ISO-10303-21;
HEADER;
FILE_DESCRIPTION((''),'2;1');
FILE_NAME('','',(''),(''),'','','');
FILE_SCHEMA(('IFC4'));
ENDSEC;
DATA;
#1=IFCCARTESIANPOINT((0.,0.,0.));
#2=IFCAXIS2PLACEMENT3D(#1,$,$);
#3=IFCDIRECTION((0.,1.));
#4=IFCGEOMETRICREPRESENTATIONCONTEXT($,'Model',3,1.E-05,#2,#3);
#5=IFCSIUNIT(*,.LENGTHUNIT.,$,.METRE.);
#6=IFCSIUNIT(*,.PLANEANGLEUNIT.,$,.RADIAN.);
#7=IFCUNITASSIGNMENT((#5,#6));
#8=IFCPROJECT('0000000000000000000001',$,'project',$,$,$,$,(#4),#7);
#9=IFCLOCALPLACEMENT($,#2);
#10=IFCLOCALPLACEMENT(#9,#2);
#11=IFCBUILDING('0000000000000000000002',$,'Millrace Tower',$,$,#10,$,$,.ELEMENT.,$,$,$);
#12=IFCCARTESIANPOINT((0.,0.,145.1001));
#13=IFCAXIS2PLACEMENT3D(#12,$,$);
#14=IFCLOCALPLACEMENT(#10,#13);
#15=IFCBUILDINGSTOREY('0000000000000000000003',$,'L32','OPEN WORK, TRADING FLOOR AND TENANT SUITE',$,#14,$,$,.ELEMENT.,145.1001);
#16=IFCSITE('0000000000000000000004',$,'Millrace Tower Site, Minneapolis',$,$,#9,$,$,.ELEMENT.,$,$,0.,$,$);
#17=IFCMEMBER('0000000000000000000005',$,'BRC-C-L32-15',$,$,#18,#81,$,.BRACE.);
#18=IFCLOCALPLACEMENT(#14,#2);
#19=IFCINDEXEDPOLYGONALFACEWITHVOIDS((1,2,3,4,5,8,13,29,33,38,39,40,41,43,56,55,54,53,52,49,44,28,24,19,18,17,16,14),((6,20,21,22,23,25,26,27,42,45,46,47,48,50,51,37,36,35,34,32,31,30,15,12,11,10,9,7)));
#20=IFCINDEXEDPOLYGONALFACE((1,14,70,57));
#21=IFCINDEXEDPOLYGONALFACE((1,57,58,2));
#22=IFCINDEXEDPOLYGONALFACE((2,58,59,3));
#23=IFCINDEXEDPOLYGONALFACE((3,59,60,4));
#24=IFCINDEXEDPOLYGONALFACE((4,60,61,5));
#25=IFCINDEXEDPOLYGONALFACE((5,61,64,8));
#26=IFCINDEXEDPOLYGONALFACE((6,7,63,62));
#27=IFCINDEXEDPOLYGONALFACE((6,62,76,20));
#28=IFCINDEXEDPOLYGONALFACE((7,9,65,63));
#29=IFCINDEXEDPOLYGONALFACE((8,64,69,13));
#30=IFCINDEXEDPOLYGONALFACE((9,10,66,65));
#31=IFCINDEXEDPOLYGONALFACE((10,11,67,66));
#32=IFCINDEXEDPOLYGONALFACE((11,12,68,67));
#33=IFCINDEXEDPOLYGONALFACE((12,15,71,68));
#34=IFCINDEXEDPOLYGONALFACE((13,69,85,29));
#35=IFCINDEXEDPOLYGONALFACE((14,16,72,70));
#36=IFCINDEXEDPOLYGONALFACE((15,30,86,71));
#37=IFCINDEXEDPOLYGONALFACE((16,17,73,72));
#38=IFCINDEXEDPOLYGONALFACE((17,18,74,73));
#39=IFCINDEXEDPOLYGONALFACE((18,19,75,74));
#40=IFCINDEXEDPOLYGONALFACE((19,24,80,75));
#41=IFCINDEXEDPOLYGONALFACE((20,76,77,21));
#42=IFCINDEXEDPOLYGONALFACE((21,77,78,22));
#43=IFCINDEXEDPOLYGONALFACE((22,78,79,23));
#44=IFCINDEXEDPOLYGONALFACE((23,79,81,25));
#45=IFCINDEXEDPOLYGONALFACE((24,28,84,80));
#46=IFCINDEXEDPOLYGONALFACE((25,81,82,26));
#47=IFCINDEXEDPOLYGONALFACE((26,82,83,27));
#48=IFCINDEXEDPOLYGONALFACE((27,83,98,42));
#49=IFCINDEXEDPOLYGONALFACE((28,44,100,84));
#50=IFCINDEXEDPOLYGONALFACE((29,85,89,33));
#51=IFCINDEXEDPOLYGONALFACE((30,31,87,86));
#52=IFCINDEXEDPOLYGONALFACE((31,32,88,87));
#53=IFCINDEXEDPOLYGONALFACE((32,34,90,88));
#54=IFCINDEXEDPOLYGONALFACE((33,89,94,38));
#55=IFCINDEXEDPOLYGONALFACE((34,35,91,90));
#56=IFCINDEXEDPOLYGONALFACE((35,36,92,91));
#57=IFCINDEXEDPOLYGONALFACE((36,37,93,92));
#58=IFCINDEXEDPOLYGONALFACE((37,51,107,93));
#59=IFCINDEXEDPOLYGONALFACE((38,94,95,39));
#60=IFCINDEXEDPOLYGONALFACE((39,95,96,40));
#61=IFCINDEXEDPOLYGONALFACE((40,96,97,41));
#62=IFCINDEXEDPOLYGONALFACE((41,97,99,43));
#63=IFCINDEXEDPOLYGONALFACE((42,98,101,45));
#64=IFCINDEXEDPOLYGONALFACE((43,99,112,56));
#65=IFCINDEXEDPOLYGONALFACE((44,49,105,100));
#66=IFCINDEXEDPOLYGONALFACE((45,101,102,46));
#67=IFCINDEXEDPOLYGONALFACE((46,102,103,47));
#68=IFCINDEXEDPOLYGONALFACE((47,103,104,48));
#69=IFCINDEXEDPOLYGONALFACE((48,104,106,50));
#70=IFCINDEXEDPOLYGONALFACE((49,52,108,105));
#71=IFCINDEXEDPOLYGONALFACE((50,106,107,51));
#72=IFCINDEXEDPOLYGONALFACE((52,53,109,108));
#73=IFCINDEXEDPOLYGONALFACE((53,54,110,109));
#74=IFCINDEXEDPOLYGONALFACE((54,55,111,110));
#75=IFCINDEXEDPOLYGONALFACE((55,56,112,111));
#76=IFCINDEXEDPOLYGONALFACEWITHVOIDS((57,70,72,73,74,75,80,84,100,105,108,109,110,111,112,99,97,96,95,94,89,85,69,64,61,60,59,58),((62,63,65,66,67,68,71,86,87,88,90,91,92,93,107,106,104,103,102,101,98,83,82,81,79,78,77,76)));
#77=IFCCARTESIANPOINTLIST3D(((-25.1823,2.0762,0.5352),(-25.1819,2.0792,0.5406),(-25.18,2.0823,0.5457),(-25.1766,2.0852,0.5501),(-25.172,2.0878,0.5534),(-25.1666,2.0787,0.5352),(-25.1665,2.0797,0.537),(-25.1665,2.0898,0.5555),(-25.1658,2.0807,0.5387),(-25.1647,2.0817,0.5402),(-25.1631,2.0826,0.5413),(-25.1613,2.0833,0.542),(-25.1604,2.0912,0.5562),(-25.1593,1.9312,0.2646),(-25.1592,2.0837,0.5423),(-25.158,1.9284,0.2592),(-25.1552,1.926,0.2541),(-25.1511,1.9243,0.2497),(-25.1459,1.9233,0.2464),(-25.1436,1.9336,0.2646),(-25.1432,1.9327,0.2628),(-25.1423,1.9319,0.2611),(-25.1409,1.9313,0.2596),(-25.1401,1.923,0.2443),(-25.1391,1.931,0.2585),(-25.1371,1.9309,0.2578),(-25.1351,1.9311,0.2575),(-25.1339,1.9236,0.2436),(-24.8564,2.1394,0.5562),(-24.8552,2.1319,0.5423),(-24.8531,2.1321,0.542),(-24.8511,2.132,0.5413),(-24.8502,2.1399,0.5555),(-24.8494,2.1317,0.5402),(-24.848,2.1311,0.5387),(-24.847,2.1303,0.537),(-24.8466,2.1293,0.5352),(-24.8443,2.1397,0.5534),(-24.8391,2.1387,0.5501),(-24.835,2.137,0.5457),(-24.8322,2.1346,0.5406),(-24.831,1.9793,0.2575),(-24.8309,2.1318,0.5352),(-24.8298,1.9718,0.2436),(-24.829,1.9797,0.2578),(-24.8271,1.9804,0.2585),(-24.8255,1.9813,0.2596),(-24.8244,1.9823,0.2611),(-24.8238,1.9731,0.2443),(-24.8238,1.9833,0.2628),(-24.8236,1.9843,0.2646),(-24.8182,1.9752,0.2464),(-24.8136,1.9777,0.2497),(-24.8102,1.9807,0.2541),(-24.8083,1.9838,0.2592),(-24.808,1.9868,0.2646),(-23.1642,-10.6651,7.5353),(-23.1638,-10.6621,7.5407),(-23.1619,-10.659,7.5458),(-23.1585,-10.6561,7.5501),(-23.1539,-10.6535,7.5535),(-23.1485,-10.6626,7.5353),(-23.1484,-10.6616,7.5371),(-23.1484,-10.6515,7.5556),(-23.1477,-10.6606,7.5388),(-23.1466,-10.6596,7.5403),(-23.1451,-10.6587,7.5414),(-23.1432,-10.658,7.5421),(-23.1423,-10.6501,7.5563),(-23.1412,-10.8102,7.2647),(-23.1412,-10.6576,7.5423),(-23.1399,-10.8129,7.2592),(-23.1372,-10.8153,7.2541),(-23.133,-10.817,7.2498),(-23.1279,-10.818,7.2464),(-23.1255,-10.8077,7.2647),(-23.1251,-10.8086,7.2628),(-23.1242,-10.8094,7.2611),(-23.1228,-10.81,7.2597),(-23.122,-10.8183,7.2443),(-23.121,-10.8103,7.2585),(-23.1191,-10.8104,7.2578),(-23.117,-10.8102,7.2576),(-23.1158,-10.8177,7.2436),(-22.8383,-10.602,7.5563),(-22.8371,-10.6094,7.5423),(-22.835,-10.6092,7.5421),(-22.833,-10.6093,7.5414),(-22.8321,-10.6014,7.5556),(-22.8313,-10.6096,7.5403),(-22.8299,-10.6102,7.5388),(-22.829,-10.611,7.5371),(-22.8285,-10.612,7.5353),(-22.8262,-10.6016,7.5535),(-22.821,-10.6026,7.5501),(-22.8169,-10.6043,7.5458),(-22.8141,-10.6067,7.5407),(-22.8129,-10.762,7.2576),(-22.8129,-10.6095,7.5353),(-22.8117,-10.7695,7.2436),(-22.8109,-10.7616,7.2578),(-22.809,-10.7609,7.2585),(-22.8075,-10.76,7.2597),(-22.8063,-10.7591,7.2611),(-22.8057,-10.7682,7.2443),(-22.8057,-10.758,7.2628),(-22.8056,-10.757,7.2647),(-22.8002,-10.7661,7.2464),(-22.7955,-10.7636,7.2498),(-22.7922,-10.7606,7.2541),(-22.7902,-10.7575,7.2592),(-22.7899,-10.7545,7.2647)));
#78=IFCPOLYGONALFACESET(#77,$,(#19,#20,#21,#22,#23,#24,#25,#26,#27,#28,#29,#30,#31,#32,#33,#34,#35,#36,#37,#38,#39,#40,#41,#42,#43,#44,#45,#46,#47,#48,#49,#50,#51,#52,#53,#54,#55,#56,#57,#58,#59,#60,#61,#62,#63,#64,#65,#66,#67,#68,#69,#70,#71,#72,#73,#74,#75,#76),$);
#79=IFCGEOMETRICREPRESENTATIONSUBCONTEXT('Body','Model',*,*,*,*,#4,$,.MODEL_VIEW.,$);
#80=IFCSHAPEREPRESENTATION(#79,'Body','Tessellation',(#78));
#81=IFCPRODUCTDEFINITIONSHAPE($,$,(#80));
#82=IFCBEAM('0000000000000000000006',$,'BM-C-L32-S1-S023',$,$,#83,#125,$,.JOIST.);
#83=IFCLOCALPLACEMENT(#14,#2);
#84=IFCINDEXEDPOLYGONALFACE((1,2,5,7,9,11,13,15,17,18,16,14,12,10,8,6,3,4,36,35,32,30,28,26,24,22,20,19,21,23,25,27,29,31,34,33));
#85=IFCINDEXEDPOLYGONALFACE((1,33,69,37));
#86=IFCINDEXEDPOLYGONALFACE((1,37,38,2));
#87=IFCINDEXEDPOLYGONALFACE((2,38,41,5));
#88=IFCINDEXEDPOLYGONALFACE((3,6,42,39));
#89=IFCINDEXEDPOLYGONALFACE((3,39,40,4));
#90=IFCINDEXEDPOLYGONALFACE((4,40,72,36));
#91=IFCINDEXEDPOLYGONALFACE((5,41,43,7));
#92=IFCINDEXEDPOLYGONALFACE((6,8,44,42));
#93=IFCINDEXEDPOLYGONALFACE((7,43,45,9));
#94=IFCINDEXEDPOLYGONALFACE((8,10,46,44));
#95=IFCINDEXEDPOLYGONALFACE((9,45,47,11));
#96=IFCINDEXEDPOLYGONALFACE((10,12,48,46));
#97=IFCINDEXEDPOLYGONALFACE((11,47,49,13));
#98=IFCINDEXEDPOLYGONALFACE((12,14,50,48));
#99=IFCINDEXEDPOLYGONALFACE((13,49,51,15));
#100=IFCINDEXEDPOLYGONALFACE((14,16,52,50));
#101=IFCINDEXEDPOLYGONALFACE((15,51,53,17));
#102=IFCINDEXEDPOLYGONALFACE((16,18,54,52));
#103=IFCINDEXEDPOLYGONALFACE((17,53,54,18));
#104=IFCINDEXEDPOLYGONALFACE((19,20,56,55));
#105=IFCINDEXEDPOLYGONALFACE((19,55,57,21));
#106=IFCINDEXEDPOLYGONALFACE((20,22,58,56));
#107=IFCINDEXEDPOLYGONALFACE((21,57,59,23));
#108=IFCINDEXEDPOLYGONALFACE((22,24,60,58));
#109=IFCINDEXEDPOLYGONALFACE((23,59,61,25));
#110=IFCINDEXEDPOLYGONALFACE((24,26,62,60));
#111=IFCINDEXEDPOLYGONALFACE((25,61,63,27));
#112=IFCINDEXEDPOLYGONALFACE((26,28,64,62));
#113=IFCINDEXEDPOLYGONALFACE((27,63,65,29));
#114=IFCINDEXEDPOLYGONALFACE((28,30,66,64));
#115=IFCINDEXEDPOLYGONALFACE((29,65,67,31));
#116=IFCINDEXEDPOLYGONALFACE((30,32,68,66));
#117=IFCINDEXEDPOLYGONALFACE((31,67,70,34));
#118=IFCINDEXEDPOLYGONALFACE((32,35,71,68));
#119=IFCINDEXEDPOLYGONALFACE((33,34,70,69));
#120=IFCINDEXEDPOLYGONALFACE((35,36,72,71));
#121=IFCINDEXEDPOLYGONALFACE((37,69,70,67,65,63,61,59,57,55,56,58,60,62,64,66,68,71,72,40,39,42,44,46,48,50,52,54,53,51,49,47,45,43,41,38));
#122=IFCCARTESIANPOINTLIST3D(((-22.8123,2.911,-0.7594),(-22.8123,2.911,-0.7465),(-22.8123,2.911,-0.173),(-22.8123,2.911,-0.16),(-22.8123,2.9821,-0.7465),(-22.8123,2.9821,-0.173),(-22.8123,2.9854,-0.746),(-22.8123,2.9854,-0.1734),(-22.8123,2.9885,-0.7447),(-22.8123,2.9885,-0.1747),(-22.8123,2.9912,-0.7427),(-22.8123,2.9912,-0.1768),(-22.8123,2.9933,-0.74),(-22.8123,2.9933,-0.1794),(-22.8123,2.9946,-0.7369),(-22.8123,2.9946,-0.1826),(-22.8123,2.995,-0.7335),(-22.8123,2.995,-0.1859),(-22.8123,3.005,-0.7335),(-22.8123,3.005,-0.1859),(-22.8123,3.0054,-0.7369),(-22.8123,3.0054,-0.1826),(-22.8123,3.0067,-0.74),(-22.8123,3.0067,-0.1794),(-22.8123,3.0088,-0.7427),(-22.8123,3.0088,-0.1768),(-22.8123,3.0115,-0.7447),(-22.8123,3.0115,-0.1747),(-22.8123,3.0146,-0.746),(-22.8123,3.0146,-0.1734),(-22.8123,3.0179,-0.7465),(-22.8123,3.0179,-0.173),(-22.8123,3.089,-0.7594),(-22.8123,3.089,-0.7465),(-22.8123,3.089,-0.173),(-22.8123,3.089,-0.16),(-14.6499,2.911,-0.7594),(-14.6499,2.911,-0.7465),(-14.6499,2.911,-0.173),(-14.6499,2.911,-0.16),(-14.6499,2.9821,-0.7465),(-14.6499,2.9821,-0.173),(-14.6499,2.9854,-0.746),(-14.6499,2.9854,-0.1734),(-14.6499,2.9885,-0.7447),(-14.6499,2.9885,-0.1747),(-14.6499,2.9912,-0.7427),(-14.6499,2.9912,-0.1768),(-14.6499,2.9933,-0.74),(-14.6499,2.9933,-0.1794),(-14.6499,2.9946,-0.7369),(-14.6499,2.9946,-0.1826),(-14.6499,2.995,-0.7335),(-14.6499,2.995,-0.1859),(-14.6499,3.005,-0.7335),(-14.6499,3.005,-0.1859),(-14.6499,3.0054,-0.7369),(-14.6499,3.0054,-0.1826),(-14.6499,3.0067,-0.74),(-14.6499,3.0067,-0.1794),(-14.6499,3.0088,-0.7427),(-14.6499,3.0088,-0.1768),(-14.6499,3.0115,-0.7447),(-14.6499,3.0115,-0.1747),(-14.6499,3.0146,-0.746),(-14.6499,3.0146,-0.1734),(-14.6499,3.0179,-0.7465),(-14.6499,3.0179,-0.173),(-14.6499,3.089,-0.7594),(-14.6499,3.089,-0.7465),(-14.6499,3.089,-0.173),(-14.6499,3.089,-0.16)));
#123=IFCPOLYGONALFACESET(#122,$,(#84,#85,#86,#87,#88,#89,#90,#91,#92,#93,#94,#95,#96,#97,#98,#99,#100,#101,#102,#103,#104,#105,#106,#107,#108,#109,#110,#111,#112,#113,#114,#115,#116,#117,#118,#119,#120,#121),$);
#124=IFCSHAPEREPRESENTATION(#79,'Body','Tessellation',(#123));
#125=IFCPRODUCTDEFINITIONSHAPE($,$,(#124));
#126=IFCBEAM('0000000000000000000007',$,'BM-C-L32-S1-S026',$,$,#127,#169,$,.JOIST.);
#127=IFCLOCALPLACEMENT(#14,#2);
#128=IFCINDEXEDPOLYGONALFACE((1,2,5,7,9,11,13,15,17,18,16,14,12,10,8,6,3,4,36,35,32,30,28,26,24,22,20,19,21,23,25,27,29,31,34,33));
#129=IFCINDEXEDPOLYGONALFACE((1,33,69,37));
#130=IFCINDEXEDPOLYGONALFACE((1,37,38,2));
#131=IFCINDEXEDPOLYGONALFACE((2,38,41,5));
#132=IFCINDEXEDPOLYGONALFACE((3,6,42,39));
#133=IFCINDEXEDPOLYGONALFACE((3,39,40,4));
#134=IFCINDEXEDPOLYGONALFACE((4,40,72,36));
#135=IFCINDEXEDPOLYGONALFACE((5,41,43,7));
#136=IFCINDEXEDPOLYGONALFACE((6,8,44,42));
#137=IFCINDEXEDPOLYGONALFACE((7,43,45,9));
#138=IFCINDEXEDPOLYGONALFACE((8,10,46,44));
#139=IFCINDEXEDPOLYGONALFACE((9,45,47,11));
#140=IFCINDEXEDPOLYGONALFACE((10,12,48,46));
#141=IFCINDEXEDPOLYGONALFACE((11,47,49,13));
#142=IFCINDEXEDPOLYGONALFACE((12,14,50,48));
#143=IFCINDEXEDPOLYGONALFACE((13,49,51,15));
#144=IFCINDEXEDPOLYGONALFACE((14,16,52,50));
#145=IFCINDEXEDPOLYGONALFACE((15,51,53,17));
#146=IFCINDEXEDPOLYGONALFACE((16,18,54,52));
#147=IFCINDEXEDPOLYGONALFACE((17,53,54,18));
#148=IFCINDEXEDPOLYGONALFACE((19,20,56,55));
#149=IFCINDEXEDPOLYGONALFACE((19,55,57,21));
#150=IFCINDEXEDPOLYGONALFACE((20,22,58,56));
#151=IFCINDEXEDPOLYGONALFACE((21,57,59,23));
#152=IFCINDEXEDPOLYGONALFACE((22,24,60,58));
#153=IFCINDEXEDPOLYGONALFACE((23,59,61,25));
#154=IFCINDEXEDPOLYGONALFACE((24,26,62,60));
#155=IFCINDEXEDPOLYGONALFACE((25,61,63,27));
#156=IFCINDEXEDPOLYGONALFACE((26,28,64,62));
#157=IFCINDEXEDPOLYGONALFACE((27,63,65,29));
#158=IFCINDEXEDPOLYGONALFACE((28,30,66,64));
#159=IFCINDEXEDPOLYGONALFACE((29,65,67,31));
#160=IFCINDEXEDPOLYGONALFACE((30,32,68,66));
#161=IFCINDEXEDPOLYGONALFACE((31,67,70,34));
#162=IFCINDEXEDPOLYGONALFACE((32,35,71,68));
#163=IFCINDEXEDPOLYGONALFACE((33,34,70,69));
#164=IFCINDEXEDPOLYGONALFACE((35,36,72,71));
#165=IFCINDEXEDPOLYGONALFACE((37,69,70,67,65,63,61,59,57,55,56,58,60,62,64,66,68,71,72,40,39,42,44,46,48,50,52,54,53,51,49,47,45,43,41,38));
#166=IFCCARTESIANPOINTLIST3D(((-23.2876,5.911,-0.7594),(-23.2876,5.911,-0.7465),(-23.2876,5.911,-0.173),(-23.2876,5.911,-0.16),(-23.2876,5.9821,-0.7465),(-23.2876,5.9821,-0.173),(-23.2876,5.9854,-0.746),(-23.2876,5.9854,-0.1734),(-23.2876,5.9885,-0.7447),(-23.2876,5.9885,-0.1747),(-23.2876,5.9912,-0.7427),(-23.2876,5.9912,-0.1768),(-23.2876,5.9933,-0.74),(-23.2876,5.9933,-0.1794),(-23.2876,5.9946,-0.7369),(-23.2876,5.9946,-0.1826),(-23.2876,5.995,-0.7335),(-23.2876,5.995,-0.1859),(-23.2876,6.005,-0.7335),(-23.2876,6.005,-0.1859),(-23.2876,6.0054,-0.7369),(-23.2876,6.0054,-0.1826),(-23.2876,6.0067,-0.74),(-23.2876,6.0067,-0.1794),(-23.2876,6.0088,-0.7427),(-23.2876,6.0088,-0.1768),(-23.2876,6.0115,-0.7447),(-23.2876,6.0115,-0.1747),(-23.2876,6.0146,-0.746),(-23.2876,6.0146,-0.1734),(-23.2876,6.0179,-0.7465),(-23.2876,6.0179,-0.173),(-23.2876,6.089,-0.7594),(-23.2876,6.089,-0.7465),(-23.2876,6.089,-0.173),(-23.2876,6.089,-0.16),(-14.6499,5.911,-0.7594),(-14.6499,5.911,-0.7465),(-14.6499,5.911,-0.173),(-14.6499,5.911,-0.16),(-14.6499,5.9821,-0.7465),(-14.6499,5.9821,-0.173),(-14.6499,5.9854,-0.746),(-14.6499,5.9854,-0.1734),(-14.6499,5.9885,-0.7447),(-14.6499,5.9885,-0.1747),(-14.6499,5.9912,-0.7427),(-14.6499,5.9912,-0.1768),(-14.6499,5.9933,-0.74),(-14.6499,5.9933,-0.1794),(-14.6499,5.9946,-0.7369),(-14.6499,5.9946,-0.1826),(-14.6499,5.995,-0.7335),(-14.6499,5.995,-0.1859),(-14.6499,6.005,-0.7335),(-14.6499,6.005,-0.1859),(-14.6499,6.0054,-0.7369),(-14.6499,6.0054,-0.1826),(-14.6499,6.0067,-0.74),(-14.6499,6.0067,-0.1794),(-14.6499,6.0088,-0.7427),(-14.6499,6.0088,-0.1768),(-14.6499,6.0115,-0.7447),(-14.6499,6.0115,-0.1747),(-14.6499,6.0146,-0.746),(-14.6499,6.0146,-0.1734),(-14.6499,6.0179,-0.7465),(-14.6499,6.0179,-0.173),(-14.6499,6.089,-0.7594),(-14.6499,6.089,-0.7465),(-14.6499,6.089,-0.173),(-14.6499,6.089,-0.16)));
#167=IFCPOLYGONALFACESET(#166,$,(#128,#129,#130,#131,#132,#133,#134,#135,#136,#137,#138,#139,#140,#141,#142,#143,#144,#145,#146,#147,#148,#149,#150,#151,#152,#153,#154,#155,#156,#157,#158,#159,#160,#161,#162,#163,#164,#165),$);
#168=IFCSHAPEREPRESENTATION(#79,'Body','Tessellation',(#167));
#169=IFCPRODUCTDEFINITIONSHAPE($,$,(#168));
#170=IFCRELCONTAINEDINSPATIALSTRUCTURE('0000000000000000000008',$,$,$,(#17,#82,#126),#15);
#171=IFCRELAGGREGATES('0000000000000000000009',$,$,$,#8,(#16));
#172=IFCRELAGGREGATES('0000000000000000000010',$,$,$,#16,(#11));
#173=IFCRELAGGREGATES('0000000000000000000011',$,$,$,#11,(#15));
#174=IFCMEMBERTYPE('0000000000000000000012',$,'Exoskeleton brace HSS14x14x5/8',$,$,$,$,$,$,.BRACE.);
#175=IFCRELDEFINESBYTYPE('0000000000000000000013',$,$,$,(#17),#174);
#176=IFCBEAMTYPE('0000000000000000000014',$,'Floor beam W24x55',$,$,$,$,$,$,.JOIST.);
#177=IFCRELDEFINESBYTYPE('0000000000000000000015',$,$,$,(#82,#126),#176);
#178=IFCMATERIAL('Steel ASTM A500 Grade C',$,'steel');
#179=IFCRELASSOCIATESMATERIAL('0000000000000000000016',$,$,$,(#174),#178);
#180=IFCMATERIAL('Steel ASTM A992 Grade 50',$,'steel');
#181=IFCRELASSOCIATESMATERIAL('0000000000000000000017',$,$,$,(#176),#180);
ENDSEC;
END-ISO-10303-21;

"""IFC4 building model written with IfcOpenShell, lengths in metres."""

from ifc_helpers import new_model, si_unit, direction, frame, origin, origin_2d, place, context, subcontext, project, spatial, hollow_rectangle, i_section, extrude, material, material_profile, profile_set, type_object, element, save


model = new_model("IFC4")

# Units and contexts
model_context = context("Model", 3, precision=1e-05, world=origin(), true_north=direction((0.0, 1.0)))
body_context = subcontext(model_context, "Body", "Model", "MODEL_VIEW")
ifc_project = project(units=[si_unit("LENGTHUNIT", "METRE"), si_unit("PLANEANGLEUNIT", "RADIAN")], contexts=[model_context])

# Site, building, storey
site_placement = place(None, origin())
site = spatial("IfcSite", under=ifc_project, at=site_placement, Name="Millrace Tower Site, Minneapolis", CompositionType="ELEMENT", RefElevation=0.0)
building_placement = place(site_placement, origin())
building = spatial("IfcBuilding", under=site, at=building_placement, Name="Millrace Tower", CompositionType="ELEMENT")
storey_placement = place(building_placement, frame((0.0, 0.0, 145.1001)))
storey = spatial("IfcBuildingStorey", under=building, at=storey_placement, Name="L32", Description="OPEN WORK, TRADING FLOOR AND TENANT SUITE", CompositionType="ELEMENT", Elevation=145.1001)

# Member
ifc_material_1 = material(Name="Steel ASTM A500 Grade C", Category="steel")
ifc_material_profile_1 = material_profile(ifc_material_1, hollow_rectangle(XDim=0.3557, YDim=0.3557, WallThickness=0.0159, InnerFilletRadius=0.0081, OuterFilletRadius=0.0239, at=origin_2d()))
ifc_profile_set_1 = profile_set([ifc_material_profile_1], Name="Steel ASTM A500 Grade C")
member_type_1 = type_object("IfcMemberType", Name="Exoskeleton brace HSS14x14x5/8", PredefinedType="BRACE", material=ifc_profile_set_1)
member_1_placement = place(storey_placement, frame((-24.9951, 2.0315, 0.3999), z_axis=(0.1375, -0.868114, 0.47694), x_axis=(0.987688, 0.156439, 0.0)))
element("IfcMember", 1, at=member_1_placement, inside=storey, type_object=member_type_1, Name="BRC-C-L32-15", PredefinedType="BRACE", context=body_context, shape_type="SweptSolid", body=[
    extrude(hollow_rectangle(XDim=0.3557, YDim=0.3557, WallThickness=0.0159, InnerFilletRadius=0.0081, OuterFilletRadius=0.0239, at=origin_2d()), origin(), (0.0, 0.0, 1.0), 14.677),
])

# Beams
ifc_material_2 = material(Name="Steel ASTM A992 Grade 50", Category="steel")
ifc_material_profile_2 = material_profile(ifc_material_2, i_section(OverallWidth=0.178, OverallDepth=0.5994, WebThickness=0.01, FlangeThickness=0.0129, FilletRadius=0.0129, at=origin_2d()))
ifc_profile_set_2 = profile_set([ifc_material_profile_2], Name="Steel ASTM A992 Grade 50")
beam_type_1 = type_object("IfcBeamType", Name="Floor beam W24x55", PredefinedType="JOIST", material=ifc_profile_set_2)
beam_1_placement = place(storey_placement, frame((-22.8123, 3.0, -0.4597), z_axis=(1.0, 0.0, 0.0), x_axis=(0.0, 1.0, 0.0)))
element("IfcBeam", 2, at=beam_1_placement, inside=storey, type_object=beam_type_1, Name="BM-C-L32-S1-S023", PredefinedType="JOIST", context=body_context, shape_type="SweptSolid", body=[
    extrude(i_section(OverallWidth=0.178, OverallDepth=0.5994, WebThickness=0.01, FlangeThickness=0.0129, FilletRadius=0.0129, at=origin_2d()), origin(), (0.0, 0.0, 1.0), 8.1624),
])
beam_2_placement = place(storey_placement, frame((-23.2876, 6.0, -0.4597), z_axis=(1.0, 0.0, 0.0), x_axis=(0.0, 1.0, 0.0)))
element("IfcBeam", 3, at=beam_2_placement, inside=storey, type_object=beam_type_1, Name="BM-C-L32-S1-S026", PredefinedType="JOIST", context=body_context, shape_type="SweptSolid", body=[
    extrude(i_section(OverallWidth=0.178, OverallDepth=0.5994, WebThickness=0.01, FlangeThickness=0.0129, FilletRadius=0.0129, at=origin_2d()), origin(), (0.0, 0.0, 1.0), 8.6377),
])

save(model, "model.ifc")
